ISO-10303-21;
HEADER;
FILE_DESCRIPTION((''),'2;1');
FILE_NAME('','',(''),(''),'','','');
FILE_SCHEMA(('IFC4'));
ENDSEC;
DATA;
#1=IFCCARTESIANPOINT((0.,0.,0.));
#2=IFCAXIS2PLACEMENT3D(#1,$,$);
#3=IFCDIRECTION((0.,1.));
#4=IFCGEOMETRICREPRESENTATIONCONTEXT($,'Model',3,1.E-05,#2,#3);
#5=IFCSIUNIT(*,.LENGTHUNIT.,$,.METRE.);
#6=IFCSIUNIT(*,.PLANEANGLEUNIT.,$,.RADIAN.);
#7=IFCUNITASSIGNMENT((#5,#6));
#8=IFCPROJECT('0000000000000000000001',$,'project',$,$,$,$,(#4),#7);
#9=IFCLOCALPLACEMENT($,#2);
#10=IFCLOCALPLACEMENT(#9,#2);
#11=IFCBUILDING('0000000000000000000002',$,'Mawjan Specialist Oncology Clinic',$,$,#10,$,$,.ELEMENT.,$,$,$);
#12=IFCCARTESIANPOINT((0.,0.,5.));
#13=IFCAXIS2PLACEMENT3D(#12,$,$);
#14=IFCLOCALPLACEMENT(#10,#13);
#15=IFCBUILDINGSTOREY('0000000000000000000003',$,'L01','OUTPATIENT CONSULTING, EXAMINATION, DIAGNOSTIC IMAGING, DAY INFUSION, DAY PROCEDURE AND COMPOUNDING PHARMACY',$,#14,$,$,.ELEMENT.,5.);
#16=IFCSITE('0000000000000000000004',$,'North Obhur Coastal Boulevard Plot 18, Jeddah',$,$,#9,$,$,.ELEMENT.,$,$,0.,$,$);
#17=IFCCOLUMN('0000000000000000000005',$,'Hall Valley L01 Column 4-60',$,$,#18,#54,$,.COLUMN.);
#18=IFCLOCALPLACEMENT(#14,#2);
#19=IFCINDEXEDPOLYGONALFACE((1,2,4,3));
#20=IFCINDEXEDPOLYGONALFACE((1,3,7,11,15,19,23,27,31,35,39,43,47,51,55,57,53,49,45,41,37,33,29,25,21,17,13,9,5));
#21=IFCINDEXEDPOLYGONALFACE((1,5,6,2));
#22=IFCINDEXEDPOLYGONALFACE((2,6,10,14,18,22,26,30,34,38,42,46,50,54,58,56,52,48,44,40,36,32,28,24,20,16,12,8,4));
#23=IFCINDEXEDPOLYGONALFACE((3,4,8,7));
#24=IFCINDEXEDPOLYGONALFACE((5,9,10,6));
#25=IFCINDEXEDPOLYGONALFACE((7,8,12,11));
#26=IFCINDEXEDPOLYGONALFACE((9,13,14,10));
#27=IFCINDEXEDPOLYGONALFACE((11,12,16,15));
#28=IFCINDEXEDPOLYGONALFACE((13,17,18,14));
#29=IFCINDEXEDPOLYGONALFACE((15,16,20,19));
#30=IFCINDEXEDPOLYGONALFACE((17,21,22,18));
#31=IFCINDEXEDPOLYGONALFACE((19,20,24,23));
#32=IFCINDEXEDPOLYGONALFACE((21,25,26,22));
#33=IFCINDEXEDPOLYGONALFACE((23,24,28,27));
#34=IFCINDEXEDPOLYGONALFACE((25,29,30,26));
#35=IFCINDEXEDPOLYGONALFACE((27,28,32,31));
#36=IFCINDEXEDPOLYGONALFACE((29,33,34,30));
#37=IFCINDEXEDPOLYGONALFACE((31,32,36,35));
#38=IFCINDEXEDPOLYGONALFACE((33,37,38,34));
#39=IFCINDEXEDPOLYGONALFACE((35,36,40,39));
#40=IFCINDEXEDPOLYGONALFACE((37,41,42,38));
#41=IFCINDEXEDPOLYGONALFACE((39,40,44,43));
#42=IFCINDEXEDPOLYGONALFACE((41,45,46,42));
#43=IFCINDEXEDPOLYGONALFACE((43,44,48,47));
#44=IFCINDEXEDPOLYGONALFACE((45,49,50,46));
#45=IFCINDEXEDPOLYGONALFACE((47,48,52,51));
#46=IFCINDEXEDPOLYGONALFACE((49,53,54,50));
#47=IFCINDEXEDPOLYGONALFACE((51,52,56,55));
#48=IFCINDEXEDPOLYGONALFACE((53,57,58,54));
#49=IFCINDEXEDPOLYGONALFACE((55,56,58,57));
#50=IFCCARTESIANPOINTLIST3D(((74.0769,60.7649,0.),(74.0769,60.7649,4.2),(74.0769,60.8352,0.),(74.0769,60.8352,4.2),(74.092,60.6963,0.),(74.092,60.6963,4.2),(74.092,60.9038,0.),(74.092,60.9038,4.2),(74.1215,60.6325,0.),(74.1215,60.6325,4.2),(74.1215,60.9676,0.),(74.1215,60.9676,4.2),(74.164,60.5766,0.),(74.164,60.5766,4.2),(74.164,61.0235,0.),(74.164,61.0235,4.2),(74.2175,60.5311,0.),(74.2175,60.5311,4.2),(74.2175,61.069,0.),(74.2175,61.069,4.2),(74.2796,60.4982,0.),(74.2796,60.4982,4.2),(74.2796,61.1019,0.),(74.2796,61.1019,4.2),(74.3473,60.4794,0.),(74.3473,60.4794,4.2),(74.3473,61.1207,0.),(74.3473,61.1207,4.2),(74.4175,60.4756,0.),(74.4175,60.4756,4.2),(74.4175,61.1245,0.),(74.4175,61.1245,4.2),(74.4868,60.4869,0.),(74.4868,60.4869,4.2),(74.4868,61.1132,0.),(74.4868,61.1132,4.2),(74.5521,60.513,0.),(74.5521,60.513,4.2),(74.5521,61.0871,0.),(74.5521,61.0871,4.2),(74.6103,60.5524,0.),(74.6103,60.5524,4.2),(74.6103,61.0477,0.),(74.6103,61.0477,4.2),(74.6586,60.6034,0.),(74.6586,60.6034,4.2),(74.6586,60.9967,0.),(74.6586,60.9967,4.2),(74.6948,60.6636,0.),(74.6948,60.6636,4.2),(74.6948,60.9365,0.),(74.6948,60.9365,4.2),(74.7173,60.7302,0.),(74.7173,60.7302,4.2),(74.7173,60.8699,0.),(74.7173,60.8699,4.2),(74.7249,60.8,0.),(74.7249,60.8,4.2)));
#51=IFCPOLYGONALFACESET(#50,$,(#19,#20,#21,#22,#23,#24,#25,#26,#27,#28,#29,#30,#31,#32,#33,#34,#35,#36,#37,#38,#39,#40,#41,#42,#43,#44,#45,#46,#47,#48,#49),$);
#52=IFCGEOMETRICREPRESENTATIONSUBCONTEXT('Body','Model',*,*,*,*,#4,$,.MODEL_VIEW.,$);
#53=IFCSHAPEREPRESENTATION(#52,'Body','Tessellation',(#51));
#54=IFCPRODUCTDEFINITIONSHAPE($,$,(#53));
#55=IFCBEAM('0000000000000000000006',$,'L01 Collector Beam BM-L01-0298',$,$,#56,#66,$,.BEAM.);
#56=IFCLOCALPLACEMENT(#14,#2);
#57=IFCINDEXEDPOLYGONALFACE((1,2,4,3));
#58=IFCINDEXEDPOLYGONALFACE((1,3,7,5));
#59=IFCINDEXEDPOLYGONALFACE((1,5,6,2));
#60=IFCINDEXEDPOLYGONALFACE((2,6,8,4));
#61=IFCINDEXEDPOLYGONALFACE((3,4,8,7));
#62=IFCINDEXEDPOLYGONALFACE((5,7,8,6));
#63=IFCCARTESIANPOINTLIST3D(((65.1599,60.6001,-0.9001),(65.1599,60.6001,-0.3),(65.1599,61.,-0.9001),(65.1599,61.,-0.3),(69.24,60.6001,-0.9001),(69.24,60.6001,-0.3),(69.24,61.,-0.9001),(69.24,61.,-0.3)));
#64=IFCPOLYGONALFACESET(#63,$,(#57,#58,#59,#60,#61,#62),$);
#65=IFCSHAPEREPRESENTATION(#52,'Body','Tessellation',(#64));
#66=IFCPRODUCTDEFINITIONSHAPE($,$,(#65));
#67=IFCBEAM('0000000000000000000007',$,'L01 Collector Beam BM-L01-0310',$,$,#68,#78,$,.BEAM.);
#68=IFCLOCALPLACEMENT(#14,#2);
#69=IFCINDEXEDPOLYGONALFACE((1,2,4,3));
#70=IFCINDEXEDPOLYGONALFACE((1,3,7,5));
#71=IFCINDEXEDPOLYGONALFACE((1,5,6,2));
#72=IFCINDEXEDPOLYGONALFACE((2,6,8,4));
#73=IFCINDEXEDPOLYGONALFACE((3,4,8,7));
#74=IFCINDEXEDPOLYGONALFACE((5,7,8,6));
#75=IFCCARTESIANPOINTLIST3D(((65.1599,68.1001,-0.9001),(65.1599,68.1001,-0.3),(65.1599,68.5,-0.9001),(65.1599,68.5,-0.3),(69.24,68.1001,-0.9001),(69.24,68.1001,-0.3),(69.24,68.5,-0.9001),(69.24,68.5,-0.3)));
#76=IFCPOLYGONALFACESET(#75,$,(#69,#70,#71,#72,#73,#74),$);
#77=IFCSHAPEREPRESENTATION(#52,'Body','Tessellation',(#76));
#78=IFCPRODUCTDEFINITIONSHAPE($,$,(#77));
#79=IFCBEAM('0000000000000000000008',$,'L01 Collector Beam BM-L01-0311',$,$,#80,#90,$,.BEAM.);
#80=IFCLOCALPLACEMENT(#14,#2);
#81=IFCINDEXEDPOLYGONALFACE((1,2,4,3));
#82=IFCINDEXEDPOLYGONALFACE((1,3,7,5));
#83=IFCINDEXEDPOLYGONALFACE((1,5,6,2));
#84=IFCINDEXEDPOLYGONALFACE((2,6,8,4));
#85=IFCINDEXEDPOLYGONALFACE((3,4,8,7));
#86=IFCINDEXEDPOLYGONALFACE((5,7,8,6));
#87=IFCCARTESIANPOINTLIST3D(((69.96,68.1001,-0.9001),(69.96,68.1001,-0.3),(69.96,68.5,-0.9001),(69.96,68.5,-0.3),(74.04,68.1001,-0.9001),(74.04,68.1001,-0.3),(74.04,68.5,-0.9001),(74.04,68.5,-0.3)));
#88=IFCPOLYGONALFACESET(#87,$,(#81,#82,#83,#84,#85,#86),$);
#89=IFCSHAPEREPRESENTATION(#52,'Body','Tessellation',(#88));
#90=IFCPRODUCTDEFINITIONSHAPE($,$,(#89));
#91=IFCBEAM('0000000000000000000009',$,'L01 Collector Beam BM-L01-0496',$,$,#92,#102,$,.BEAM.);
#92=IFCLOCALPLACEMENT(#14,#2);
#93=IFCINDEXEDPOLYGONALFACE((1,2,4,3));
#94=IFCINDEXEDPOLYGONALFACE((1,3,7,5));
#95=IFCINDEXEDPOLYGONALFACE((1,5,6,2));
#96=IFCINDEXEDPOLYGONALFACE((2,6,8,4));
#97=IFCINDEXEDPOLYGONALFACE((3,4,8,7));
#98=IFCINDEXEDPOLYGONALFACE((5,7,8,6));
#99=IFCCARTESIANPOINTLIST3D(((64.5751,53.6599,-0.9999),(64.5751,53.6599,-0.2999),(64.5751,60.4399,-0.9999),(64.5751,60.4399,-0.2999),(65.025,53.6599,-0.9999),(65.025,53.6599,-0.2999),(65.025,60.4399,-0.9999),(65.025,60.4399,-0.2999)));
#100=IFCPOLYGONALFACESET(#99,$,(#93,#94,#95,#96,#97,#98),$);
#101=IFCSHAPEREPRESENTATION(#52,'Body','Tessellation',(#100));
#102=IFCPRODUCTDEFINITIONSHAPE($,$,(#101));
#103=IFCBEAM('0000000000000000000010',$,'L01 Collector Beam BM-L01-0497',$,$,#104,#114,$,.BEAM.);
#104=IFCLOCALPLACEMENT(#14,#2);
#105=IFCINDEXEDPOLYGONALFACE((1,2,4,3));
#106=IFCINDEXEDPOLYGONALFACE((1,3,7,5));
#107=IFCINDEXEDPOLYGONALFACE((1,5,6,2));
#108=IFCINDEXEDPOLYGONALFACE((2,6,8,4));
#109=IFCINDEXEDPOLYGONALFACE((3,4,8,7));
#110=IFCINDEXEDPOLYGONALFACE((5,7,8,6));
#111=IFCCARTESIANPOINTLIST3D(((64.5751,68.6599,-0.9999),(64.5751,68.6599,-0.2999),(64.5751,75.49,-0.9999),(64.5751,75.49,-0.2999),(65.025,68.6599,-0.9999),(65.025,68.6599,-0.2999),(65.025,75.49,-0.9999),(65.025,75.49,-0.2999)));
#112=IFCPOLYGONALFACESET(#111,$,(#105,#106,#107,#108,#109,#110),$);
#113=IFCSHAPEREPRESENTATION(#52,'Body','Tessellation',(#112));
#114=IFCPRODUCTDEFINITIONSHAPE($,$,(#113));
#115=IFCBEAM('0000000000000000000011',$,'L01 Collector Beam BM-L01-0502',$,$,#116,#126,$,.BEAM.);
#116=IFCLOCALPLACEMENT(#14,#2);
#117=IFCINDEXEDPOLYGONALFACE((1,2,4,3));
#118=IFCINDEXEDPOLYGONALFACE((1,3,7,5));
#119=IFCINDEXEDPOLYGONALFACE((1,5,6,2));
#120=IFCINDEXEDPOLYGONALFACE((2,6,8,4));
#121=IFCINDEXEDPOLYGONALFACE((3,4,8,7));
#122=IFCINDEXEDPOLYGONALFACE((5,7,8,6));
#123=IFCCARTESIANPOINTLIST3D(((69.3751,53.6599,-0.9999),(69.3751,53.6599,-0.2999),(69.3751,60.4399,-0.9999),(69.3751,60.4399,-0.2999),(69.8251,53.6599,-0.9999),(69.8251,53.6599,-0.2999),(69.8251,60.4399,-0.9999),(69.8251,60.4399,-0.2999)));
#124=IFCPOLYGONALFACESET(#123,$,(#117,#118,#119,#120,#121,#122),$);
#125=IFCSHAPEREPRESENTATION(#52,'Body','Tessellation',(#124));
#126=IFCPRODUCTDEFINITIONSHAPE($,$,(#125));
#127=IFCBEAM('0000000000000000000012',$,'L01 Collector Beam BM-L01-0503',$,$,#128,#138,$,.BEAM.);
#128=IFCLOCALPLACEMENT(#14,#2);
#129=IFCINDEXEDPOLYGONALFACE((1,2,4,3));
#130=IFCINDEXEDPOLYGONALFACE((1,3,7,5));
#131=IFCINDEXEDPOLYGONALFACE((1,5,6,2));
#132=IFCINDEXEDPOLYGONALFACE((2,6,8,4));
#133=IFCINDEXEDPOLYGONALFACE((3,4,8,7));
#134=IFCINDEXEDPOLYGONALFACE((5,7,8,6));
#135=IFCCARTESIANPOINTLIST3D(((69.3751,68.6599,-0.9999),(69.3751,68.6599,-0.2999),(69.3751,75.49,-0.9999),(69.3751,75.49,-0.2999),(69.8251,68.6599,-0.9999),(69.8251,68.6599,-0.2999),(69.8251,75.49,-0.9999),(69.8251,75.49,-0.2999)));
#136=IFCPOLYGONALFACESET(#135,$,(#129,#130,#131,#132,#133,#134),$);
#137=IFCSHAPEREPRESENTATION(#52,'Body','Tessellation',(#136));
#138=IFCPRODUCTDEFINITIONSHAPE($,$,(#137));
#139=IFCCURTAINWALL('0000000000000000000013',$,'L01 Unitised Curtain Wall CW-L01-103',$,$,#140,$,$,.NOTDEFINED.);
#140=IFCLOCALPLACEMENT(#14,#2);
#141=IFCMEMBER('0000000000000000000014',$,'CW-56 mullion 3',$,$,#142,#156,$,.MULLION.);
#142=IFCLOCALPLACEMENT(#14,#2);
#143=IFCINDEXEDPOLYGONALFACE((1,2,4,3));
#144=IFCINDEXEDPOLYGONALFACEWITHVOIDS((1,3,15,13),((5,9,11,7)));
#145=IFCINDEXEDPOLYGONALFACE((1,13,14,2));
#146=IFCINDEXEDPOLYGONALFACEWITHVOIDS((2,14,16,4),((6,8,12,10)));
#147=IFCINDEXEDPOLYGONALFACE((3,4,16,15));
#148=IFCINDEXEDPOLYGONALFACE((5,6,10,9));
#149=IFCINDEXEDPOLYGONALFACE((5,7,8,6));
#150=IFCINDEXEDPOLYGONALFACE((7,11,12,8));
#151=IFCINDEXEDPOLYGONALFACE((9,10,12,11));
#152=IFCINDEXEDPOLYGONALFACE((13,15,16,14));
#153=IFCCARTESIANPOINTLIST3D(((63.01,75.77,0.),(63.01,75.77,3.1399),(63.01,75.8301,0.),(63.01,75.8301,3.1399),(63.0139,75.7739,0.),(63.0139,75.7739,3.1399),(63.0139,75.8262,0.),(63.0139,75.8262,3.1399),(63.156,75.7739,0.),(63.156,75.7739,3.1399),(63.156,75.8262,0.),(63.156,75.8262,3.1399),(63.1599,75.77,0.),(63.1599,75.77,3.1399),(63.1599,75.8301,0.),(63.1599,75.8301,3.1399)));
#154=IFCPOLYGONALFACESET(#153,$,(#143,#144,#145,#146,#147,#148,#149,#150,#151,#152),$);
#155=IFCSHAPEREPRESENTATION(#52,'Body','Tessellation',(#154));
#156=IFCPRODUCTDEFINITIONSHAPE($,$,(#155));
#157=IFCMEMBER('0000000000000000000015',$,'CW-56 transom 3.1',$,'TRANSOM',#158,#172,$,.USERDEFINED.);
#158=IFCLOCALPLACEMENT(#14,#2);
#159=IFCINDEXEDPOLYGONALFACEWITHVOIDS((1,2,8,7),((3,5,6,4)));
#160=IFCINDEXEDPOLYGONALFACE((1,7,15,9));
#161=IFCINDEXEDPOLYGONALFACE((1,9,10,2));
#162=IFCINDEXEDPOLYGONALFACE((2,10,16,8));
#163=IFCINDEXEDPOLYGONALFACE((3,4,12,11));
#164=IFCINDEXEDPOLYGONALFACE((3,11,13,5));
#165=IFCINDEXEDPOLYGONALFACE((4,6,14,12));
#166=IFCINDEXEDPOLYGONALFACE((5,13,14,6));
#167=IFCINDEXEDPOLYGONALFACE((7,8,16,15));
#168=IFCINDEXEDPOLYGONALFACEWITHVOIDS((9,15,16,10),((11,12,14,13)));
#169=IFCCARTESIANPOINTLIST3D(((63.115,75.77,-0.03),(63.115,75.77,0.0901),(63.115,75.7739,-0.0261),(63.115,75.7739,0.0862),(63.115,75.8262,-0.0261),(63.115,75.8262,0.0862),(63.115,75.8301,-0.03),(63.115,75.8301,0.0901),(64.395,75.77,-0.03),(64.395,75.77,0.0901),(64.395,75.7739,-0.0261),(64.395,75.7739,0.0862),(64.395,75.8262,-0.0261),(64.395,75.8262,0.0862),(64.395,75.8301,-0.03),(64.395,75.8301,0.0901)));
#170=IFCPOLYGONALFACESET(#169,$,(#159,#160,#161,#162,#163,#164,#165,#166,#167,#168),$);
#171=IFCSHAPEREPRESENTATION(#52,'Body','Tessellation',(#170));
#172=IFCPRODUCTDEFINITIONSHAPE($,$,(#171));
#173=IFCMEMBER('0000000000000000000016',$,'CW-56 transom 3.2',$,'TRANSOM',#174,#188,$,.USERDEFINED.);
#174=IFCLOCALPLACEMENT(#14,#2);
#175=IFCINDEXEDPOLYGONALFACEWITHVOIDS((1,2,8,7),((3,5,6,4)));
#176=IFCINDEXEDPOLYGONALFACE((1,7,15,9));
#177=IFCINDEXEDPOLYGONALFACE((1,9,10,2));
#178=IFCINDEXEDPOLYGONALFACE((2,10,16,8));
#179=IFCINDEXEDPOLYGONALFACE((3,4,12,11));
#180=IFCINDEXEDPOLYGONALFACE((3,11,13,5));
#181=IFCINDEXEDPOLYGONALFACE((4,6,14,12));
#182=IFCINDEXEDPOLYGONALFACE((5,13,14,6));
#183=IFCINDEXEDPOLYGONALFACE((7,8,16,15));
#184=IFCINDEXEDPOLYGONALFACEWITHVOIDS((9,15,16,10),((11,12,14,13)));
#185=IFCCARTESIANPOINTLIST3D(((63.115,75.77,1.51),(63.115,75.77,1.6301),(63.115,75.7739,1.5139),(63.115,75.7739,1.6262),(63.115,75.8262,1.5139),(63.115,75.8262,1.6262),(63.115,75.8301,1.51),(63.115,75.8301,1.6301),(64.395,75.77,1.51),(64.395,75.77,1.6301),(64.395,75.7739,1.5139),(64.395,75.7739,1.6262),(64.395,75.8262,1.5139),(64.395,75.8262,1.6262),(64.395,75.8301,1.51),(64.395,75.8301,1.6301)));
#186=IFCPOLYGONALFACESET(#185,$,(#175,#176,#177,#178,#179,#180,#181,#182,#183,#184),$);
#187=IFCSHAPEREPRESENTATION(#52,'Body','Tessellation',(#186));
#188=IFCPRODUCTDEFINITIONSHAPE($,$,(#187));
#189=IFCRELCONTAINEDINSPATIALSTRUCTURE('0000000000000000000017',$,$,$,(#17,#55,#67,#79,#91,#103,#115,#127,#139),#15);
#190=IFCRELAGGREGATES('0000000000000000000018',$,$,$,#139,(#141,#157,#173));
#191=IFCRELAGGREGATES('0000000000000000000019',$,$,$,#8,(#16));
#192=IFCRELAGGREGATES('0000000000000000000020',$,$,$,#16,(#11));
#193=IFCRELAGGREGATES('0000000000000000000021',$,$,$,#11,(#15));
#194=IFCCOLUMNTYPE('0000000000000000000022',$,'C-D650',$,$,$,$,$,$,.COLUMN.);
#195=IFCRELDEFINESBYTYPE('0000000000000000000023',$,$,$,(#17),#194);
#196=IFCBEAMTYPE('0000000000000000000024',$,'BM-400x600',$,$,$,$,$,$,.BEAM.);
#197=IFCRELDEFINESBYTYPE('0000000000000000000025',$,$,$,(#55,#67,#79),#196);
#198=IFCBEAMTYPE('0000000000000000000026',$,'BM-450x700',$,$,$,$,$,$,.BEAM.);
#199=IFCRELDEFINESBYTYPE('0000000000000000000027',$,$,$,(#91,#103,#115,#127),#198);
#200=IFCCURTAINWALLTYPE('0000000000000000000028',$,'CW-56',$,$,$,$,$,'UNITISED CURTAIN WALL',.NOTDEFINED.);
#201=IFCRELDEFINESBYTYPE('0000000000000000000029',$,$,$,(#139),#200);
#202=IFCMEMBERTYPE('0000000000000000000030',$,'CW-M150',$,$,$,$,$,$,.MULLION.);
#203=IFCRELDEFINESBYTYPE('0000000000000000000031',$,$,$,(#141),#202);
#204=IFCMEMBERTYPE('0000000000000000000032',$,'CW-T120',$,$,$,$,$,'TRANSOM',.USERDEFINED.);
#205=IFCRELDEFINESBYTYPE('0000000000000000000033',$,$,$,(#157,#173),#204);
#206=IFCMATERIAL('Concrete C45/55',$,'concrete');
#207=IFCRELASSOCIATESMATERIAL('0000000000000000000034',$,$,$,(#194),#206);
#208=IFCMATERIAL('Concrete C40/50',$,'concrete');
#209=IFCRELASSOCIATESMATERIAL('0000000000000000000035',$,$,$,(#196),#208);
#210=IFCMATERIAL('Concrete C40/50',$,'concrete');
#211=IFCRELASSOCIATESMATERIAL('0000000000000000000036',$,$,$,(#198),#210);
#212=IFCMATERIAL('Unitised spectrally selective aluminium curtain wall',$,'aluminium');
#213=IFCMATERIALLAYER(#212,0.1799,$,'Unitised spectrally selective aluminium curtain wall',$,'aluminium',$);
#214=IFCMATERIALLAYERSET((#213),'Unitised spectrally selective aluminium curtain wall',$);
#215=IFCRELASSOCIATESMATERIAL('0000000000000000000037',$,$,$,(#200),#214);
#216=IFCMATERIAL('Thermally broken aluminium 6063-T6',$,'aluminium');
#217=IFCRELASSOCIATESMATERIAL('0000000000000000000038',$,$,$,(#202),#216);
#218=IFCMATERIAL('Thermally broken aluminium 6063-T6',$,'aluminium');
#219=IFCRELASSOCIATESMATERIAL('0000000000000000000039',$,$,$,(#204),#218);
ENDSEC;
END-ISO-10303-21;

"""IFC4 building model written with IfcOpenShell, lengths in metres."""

from ifc_helpers import new_model, si_unit, direction, frame, origin, origin_2d, place, context, subcontext, project, spatial, rectangle, hollow_rectangle, circle, extrude, material, layer, layer_set, material_profile, profile_set, type_object, element, aggregate, save


model = new_model("IFC4")

# Units and contexts
model_context = context("Model", 3, precision=1e-05, world=origin(), true_north=direction((0.0, 1.0)))
body_context = subcontext(model_context, "Body", "Model", "MODEL_VIEW")
ifc_project = project(units=[si_unit("LENGTHUNIT", "METRE"), si_unit("PLANEANGLEUNIT", "RADIAN")], contexts=[model_context])

# Site, building, storey
site_placement = place(None, origin())
site = spatial("IfcSite", under=ifc_project, at=site_placement, Name="North Obhur Coastal Boulevard Plot 18, Jeddah", CompositionType="ELEMENT", RefElevation=0.0)
building_placement = place(site_placement, origin())
building = spatial("IfcBuilding", under=site, at=building_placement, Name="Mawjan Specialist Oncology Clinic", CompositionType="ELEMENT")
storey_placement = place(building_placement, frame((0.0, 0.0, 5.0)))
storey = spatial("IfcBuildingStorey", under=building, at=storey_placement, Name="L01", Description="OUTPATIENT CONSULTING, EXAMINATION, DIAGNOSTIC IMAGING, DAY INFUSION, DAY PROCEDURE AND COMPOUNDING PHARMACY", CompositionType="ELEMENT", Elevation=5.0)

# Column
ifc_material_1 = material(Name="Concrete C45/55", Category="concrete")
ifc_material_profile_1 = material_profile(ifc_material_1, circle(Radius=0.325, at=origin_2d()), Name="RC COL D650", Category="concrete")
ifc_profile_set_1 = profile_set([ifc_material_profile_1], Name="Concrete C45/55")
column_type = type_object("IfcColumnType", Name="C-D650", PredefinedType="COLUMN", material=ifc_profile_set_1)
for number, where, z_axis, x_axis, name in (
    (1, (74.3999, 60.8, 0.0), (0.0, 0.0, 1.0), (1.0, 0.0, 0.0), "Hall Valley L01 Column 4-60"),
):
    element("IfcColumn", number, at=place(storey_placement, frame(where, z_axis=z_axis, x_axis=x_axis)), inside=storey, type_object=column_type, Name=name, PredefinedType="COLUMN", context=body_context, shape_type="SweptSolid", body=[
        extrude(circle(Radius=0.325, at=origin_2d()), origin(), (0.0, 0.0, 1.0), 4.2),
    ])

# Beams
ifc_material_2 = material(Name="Concrete C40/50", Category="concrete")
ifc_material_profile_2 = material_profile(ifc_material_2, rectangle(XDim=0.3999, YDim=0.6001, at=origin_2d()), Name="RC BM 400x600", Category="concrete")
ifc_profile_set_2 = profile_set([ifc_material_profile_2], Name="Concrete C40/50")
beam_type_1 = type_object("IfcBeamType", Name="BM-400x600", PredefinedType="BEAM", material=ifc_profile_set_2)
for number, where, z_axis, x_axis, name in (
    (2, (65.1599, 60.8, -0.6001), (1.0, 0.0, 0.0), (0.0, 1.0, 0.0), "L01 Collector Beam BM-L01-0298"),
    (3, (65.1599, 68.3, -0.6001), (1.0, 0.0, 0.0), (0.0, 1.0, 0.0), "L01 Collector Beam BM-L01-0310"),
    (4, (69.96, 68.3, -0.6001), (1.0, 0.0, 0.0), (0.0, 1.0, 0.0), "L01 Collector Beam BM-L01-0311"),
):
    element("IfcBeam", number, at=place(storey_placement, frame(where, z_axis=z_axis, x_axis=x_axis)), inside=storey, type_object=beam_type_1, Name=name, PredefinedType="BEAM", context=body_context, shape_type="SweptSolid", body=[
        extrude(rectangle(XDim=0.3999, YDim=0.6001, at=origin_2d()), origin(), (0.0, 0.0, 1.0), 4.0801),
    ])
ifc_material_3 = material(Name="Concrete C40/50", Category="concrete")
ifc_material_profile_3 = material_profile(ifc_material_3, rectangle(XDim=0.45, YDim=0.7, at=origin_2d()), Name="RC BM 450x700", Category="concrete")
ifc_profile_set_3 = profile_set([ifc_material_profile_3], Name="Concrete C40/50")
beam_type_2 = type_object("IfcBeamType", Name="BM-450x700", PredefinedType="BEAM", material=ifc_profile_set_3)
beam_1_placement = place(storey_placement, frame((64.8, 53.6599, -0.6499), z_axis=(0.0, 1.0, 0.0), x_axis=(-1.0, 0.0, 0.0)))
element("IfcBeam", 5, at=beam_1_placement, inside=storey, type_object=beam_type_2, Name="L01 Collector Beam BM-L01-0496", PredefinedType="BEAM", context=body_context, shape_type="SweptSolid", body=[
    extrude(rectangle(XDim=0.45, YDim=0.7, at=origin_2d()), origin(), (0.0, 0.0, 1.0), 6.78),
])
beam_2_placement = place(storey_placement, frame((64.8, 68.6599, -0.6499), z_axis=(0.0, 1.0, 0.0), x_axis=(-1.0, 0.0, 0.0)))
element("IfcBeam", 6, at=beam_2_placement, inside=storey, type_object=beam_type_2, Name="L01 Collector Beam BM-L01-0497", PredefinedType="BEAM", context=body_context, shape_type="SweptSolid", body=[
    extrude(rectangle(XDim=0.45, YDim=0.7, at=origin_2d()), origin(), (0.0, 0.0, 1.0), 6.8301),
])
beam_3_placement = place(storey_placement, frame((69.6001, 53.6599, -0.6499), z_axis=(0.0, 1.0, 0.0), x_axis=(-1.0, 0.0, 0.0)))
element("IfcBeam", 7, at=beam_3_placement, inside=storey, type_object=beam_type_2, Name="L01 Collector Beam BM-L01-0502", PredefinedType="BEAM", context=body_context, shape_type="SweptSolid", body=[
    extrude(rectangle(XDim=0.45, YDim=0.7, at=origin_2d()), origin(), (0.0, 0.0, 1.0), 6.78),
])
beam_4_placement = place(storey_placement, frame((69.6001, 68.6599, -0.6499), z_axis=(0.0, 1.0, 0.0), x_axis=(-1.0, 0.0, 0.0)))
element("IfcBeam", 8, at=beam_4_placement, inside=storey, type_object=beam_type_2, Name="L01 Collector Beam BM-L01-0503", PredefinedType="BEAM", context=body_context, shape_type="SweptSolid", body=[
    extrude(rectangle(XDim=0.45, YDim=0.7, at=origin_2d()), origin(), (0.0, 0.0, 1.0), 6.8301),
])

# Curtain wall, members
ifc_material_4 = material(Name="Unitised spectrally selective aluminium curtain wall", Category="aluminium")
ifc_layer_1 = layer(ifc_material_4, 0.1799, Name="Unitised spectrally selective aluminium curtain wall", Category="aluminium")
ifc_layer_set_1 = layer_set([ifc_layer_1], Name="Unitised spectrally selective aluminium curtain wall")
curtain_wall_type = type_object("IfcCurtainWallType", Name="CW-56", ElementType="UNITISED CURTAIN WALL", PredefinedType="NOTDEFINED", material=ifc_layer_set_1)
curtain_wall_placement = place(storey_placement, origin())
curtain_wall = element("IfcCurtainWall", 9, at=curtain_wall_placement, inside=storey, type_object=curtain_wall_type, Name="L01 Unitised Curtain Wall CW-L01-103", PredefinedType="NOTDEFINED")
ifc_material_5 = material(Name="Thermally broken aluminium 6063-T6", Category="aluminium")
ifc_material_profile_4 = material_profile(ifc_material_5, hollow_rectangle(XDim=0.0601, YDim=0.1499, WallThickness=0.0039, at=origin_2d()), Name="ALU MULLION 150x60x4", Category="aluminium")
ifc_profile_set_4 = profile_set([ifc_material_profile_4], Name="Thermally broken aluminium 6063-T6")
member_type_1 = type_object("IfcMemberType", Name="CW-M150", PredefinedType="MULLION", material=ifc_profile_set_4)
member_1_placement = place(storey_placement, frame((63.085, 75.8, 0.0), z_axis=(0.0, 0.0, 1.0), x_axis=(0.0, 1.0, 0.0)))
member_1 = element("IfcMember", 10, at=member_1_placement, type_object=member_type_1, Name="CW-56 mullion 3", PredefinedType="MULLION", context=body_context, shape_type="SweptSolid", body=[
    extrude(hollow_rectangle(XDim=0.0601, YDim=0.1499, WallThickness=0.0039, at=origin_2d()), origin(), (0.0, 0.0, 1.0), 3.1399),
])
ifc_material_6 = material(Name="Thermally broken aluminium 6063-T6", Category="aluminium")
ifc_material_profile_5 = material_profile(ifc_material_6, hollow_rectangle(XDim=0.0601, YDim=0.1201, WallThickness=0.0039, at=origin_2d()), Name="ALU TRANSOM 120x60x4", Category="aluminium")
ifc_profile_set_5 = profile_set([ifc_material_profile_5], Name="Thermally broken aluminium 6063-T6")
member_type_2 = type_object("IfcMemberType", Name="CW-T120", ElementType="TRANSOM", PredefinedType="USERDEFINED", material=ifc_profile_set_5)
member_2_placement = place(storey_placement, frame((63.115, 75.8, 0.03), z_axis=(1.0, 0.0, 0.0), x_axis=(0.0, 1.0, 0.0)))
member_2 = element("IfcMember", 11, at=member_2_placement, type_object=member_type_2, Name="CW-56 transom 3.1", ObjectType="TRANSOM", PredefinedType="USERDEFINED", context=body_context, shape_type="SweptSolid", body=[
    extrude(hollow_rectangle(XDim=0.0601, YDim=0.1201, WallThickness=0.0039, at=origin_2d()), origin(), (0.0, 0.0, 1.0), 1.28),
])
member_3_placement = place(storey_placement, frame((63.115, 75.8, 1.5701), z_axis=(1.0, 0.0, 0.0), x_axis=(0.0, 1.0, 0.0)))
member_3 = element("IfcMember", 12, at=member_3_placement, type_object=member_type_2, Name="CW-56 transom 3.2", ObjectType="TRANSOM", PredefinedType="USERDEFINED", context=body_context, shape_type="SweptSolid", body=[
    extrude(hollow_rectangle(XDim=0.0601, YDim=0.1201, WallThickness=0.0039, at=origin_2d()), origin(), (0.0, 0.0, 1.0), 1.28),
])
aggregate(curtain_wall, [member_1, member_2, member_3])

save(model, "model.ifc")
